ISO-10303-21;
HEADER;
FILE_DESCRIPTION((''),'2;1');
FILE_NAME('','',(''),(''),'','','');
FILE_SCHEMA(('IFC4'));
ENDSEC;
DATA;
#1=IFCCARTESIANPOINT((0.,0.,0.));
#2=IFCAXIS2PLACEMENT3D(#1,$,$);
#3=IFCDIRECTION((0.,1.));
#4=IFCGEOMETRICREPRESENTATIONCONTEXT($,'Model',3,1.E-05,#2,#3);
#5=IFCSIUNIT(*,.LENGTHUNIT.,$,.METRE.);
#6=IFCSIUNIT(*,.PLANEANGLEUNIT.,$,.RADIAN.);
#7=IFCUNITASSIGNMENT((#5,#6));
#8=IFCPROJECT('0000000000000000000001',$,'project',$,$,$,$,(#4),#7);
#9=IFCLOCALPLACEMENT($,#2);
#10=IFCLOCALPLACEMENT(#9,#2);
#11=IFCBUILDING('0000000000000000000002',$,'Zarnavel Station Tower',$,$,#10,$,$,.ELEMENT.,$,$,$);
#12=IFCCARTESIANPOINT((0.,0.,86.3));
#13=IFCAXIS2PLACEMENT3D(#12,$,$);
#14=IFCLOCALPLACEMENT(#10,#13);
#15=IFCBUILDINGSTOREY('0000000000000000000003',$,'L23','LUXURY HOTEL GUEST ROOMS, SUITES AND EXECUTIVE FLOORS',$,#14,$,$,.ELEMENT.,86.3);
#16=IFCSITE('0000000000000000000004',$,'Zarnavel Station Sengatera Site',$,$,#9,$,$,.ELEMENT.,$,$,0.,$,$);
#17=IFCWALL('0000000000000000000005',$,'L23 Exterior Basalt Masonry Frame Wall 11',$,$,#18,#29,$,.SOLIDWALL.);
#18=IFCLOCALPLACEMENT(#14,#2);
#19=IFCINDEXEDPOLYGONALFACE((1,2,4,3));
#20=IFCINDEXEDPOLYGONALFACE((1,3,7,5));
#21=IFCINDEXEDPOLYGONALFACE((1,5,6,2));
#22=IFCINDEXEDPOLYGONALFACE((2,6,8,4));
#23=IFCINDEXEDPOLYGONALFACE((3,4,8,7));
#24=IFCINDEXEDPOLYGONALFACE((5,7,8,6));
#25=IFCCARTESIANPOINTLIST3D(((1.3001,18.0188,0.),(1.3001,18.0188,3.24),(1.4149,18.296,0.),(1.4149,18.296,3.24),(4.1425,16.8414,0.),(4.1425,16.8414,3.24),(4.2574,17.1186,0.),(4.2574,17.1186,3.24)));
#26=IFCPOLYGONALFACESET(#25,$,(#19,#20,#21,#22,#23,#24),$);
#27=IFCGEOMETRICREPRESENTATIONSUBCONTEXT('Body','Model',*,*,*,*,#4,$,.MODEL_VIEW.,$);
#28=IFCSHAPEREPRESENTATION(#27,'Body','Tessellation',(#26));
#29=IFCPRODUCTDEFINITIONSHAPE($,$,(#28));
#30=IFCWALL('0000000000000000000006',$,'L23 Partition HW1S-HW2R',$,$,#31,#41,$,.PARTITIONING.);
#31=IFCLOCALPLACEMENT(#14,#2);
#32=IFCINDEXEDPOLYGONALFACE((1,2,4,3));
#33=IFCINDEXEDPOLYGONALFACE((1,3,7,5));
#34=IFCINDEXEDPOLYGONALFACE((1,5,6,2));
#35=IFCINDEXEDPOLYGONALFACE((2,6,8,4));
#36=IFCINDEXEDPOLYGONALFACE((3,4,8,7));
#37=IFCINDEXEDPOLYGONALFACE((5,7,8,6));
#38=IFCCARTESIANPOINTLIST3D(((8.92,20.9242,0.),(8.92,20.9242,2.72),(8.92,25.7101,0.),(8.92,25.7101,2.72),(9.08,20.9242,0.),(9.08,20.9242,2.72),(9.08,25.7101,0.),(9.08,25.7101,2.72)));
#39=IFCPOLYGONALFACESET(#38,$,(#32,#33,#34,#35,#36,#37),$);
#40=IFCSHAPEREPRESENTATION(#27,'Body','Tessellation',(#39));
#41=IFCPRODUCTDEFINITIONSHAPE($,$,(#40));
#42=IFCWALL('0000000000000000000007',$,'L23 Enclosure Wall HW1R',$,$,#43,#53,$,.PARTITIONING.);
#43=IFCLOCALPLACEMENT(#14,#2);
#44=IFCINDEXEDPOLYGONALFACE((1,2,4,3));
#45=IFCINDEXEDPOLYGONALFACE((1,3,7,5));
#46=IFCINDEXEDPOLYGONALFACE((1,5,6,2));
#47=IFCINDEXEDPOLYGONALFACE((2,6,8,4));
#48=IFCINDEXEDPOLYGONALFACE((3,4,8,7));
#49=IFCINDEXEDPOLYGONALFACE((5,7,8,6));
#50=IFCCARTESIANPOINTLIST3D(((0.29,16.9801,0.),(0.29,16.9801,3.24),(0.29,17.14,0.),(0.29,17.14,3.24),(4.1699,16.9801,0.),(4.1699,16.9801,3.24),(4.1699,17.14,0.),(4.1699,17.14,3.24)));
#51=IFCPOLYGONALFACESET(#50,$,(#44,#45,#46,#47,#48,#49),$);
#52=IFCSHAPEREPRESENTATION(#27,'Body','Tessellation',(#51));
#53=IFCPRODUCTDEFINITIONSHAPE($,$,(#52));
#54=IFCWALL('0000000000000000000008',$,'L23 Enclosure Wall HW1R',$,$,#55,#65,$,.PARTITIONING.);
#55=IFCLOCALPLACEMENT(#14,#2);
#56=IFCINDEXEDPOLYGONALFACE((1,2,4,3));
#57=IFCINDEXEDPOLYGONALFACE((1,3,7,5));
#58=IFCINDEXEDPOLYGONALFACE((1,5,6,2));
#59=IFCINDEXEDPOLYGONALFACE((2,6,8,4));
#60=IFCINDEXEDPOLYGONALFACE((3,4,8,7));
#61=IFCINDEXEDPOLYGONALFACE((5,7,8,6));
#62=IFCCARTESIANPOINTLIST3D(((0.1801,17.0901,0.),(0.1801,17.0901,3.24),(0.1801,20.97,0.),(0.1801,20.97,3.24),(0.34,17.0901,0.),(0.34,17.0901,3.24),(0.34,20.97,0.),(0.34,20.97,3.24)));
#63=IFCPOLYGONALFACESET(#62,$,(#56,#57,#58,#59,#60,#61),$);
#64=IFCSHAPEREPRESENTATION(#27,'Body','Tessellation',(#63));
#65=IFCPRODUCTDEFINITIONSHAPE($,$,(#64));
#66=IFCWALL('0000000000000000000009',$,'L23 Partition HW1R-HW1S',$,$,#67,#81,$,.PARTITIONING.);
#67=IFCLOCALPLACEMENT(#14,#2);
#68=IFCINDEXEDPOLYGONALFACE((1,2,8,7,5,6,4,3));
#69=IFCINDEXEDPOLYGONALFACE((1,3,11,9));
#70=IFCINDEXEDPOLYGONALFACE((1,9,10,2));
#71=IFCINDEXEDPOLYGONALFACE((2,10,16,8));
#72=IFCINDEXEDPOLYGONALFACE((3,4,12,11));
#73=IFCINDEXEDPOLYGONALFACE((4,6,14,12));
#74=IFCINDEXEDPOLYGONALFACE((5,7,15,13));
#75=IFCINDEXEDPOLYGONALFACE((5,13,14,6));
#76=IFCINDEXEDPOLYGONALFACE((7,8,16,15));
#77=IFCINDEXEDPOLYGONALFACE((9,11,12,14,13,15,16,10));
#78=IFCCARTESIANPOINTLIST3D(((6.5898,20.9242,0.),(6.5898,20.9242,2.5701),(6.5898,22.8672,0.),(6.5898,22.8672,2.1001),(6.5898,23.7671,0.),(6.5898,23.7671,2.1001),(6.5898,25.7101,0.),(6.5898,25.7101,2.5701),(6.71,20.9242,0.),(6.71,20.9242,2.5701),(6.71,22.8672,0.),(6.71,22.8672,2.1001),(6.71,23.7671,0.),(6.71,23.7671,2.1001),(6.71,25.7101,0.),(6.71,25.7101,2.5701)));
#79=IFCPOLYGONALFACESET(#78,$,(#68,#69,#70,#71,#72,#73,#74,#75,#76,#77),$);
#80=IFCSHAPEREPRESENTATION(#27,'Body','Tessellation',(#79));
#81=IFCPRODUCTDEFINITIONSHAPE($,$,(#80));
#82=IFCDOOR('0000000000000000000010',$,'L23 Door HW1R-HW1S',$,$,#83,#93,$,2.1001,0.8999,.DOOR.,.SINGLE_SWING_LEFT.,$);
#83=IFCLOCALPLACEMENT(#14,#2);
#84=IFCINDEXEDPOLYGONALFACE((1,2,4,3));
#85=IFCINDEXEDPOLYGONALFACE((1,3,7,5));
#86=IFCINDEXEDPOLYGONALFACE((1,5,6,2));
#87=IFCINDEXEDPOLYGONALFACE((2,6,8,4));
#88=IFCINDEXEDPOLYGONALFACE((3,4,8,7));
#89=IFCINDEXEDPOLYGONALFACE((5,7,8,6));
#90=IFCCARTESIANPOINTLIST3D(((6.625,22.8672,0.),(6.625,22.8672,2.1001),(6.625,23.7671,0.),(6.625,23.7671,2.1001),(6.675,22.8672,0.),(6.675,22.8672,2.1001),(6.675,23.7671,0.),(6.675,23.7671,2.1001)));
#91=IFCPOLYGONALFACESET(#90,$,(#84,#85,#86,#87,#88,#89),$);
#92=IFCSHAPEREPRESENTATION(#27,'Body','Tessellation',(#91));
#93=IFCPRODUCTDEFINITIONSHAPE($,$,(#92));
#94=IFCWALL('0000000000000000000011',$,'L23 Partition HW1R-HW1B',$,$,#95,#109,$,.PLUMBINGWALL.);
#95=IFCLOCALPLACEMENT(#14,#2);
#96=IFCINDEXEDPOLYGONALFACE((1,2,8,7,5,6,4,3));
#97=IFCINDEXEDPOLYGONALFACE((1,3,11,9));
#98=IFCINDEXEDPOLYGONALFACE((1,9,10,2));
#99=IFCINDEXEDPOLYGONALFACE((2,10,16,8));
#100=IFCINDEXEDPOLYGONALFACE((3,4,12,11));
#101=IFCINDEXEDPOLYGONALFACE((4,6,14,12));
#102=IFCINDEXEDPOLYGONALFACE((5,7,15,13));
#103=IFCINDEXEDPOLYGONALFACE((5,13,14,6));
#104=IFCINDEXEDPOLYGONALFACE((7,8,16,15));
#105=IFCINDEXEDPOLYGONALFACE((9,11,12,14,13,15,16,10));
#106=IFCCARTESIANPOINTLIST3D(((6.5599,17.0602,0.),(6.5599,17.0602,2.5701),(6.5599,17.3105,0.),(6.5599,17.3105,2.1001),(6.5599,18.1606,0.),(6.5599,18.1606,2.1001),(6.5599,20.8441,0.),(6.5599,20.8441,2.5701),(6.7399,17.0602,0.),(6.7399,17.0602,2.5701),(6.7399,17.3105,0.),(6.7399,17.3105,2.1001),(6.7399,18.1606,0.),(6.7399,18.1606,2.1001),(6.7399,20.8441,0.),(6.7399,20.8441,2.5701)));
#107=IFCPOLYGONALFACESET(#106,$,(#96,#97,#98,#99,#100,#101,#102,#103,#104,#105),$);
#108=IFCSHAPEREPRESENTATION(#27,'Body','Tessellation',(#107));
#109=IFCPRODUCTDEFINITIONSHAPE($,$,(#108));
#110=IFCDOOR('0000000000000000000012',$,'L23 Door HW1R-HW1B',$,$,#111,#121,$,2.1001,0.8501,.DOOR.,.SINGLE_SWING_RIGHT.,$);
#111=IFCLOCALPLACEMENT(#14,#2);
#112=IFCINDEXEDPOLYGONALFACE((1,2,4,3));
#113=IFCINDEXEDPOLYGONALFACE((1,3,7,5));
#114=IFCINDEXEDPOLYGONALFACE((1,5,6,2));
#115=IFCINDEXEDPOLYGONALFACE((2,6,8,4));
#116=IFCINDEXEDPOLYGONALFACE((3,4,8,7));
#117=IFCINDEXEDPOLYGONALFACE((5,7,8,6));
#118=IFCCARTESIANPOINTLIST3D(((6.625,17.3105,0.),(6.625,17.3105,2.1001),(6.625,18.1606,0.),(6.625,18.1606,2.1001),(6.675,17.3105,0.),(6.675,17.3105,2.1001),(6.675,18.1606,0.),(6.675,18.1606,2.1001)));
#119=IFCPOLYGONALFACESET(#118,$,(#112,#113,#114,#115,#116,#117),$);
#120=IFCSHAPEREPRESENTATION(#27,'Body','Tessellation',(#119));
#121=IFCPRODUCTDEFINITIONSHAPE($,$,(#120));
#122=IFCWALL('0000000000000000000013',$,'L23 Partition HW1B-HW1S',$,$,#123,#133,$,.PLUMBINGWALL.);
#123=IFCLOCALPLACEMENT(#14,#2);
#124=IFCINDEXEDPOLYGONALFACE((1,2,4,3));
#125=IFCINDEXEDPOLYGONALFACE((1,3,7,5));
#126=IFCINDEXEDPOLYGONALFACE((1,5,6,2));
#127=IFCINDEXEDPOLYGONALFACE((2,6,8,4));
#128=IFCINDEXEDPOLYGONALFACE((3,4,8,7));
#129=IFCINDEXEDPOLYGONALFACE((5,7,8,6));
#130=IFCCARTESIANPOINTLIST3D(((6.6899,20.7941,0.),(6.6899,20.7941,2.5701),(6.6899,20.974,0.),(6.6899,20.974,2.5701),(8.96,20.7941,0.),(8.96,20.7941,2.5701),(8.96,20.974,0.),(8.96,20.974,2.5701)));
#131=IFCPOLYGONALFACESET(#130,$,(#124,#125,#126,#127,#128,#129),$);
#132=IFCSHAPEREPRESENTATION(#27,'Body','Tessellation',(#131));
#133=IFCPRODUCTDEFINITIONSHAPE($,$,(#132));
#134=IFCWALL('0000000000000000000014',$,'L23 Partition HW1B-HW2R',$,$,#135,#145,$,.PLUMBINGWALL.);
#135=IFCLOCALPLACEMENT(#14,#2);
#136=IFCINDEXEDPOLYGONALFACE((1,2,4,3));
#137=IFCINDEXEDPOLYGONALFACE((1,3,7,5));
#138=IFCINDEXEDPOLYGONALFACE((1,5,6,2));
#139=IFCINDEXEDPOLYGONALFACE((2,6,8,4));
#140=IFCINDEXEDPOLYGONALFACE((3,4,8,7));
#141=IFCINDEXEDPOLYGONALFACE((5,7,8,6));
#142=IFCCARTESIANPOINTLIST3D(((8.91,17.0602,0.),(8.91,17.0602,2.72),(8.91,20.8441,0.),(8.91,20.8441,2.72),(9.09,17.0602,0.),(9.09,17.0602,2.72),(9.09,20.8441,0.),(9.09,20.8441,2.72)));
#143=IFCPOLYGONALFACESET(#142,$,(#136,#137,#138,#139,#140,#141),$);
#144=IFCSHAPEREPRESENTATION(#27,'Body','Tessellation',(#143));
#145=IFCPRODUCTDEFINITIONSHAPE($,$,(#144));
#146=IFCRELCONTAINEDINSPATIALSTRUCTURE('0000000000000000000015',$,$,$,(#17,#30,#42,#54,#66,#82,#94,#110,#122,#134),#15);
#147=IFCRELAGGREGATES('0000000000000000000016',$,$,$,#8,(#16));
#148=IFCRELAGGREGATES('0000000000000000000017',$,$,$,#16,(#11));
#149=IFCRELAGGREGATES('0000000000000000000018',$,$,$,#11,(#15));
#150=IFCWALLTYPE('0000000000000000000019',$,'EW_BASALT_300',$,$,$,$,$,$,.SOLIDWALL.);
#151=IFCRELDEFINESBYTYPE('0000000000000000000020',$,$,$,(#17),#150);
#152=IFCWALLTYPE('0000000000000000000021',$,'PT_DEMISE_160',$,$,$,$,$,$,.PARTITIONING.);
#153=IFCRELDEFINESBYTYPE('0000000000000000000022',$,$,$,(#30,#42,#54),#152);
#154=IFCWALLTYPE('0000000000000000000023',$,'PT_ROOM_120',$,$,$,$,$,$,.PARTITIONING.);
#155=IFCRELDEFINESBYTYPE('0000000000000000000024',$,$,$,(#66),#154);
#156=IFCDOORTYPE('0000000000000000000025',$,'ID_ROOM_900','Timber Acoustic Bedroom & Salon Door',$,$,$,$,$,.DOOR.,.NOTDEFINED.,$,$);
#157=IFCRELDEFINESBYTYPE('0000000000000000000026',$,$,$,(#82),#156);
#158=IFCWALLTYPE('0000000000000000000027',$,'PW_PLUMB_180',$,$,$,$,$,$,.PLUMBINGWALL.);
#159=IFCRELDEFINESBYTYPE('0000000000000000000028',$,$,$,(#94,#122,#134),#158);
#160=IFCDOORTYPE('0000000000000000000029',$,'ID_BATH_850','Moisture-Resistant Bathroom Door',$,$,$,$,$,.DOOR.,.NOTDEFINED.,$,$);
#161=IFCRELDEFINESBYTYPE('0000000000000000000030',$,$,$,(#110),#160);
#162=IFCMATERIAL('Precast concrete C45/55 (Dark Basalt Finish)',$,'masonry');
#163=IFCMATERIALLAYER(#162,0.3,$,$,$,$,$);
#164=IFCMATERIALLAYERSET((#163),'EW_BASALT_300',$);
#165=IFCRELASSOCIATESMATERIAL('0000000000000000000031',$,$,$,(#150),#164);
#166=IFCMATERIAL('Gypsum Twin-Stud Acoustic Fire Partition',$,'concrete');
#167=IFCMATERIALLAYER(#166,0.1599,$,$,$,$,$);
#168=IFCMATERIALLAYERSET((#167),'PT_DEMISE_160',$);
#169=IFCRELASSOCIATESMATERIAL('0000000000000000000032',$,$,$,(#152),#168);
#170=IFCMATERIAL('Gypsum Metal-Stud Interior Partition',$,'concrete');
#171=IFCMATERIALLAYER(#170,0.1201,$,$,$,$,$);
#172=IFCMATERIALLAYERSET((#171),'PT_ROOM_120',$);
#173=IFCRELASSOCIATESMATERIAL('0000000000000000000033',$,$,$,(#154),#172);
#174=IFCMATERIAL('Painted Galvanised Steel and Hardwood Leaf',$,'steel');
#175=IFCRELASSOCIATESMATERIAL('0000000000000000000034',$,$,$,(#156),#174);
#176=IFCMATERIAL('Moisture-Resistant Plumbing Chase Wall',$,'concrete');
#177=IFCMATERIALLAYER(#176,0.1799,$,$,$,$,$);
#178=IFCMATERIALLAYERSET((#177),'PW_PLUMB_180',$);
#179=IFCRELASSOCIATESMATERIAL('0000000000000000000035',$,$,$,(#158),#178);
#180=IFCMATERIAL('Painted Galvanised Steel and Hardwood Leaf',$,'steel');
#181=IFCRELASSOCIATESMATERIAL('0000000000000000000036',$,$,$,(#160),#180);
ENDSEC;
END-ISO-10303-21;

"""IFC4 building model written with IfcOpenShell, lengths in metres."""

from ifc_helpers import new_model, si_unit, direction, frame, frame_2d, origin, place, context, subcontext, project, spatial, rectangle, extrude, material, layer, layer_set, type_object, element, fill, save


model = new_model("IFC4")

# Units and contexts
model_context = context("Model", 3, precision=1e-05, world=origin(), true_north=direction((0.0, 1.0)))
body_context = subcontext(model_context, "Body", "Model", "MODEL_VIEW")
ifc_project = project(units=[si_unit("LENGTHUNIT", "METRE"), si_unit("PLANEANGLEUNIT", "RADIAN")], contexts=[model_context])

# Site, building, storey
site_placement = place(None, origin())
site = spatial("IfcSite", under=ifc_project, at=site_placement, Name="Zarnavel Station Sengatera Site", CompositionType="ELEMENT", RefElevation=0.0)
building_placement = place(site_placement, origin())
building = spatial("IfcBuilding", under=site, at=building_placement, Name="Zarnavel Station Tower", CompositionType="ELEMENT")
storey_placement = place(building_placement, frame((0.0, 0.0, 86.3)))
storey = spatial("IfcBuildingStorey", under=building, at=storey_placement, Name="L23", Description="LUXURY HOTEL GUEST ROOMS, SUITES AND EXECUTIVE FLOORS", CompositionType="ELEMENT", Elevation=86.3)

# Shared definitions
ifc_material_1 = material(Name="Precast concrete C45/55 (Dark Basalt Finish)", Category="masonry")
ifc_layer_1 = layer(ifc_material_1, 0.3)
ifc_layer_set_1 = layer_set([ifc_layer_1], Name="EW_BASALT_300")
wall_type_1 = type_object("IfcWallType", Name="EW_BASALT_300", PredefinedType="SOLIDWALL", material=ifc_layer_set_1)

# Walls
for number, where, z_axis, x_axis, name in (
    (1, (4.2, 16.98, 0.0), (0.0, 0.0, 1.0), (-0.923871, 0.382705, 0.0), "L23 Exterior Basalt Masonry Frame Wall 11"),
):
    element("IfcWall", number, at=place(storey_placement, frame(where, z_axis=z_axis, x_axis=x_axis)), inside=storey, type_object=wall_type_1, Name=name, PredefinedType="SOLIDWALL", context=body_context, shape_type="SweptSolid", body=[
        extrude(rectangle(XDim=3.0767, YDim=0.3, at=frame_2d((1.5383, 0.0))), origin(), (0.0, 0.0, 1.0), 3.24),
    ])
ifc_material_2 = material(Name="Gypsum Twin-Stud Acoustic Fire Partition", Category="concrete")
ifc_layer_2 = layer(ifc_material_2, 0.1599)
ifc_layer_set_2 = layer_set([ifc_layer_2], Name="PT_DEMISE_160")
wall_type_2 = type_object("IfcWallType", Name="PT_DEMISE_160", PredefinedType="PARTITIONING", material=ifc_layer_set_2)
wall_1_placement = place(storey_placement, frame((9.0, 20.9241, 0.0), z_axis=(0.0, 0.0, 1.0), x_axis=(0.0, 1.0, 0.0)))
element("IfcWall", 2, at=wall_1_placement, inside=storey, type_object=wall_type_2, Name="L23 Partition HW1S-HW2R", PredefinedType="PARTITIONING", context=body_context, shape_type="SweptSolid", body=[
    extrude(rectangle(XDim=4.7859, YDim=0.1599, at=frame_2d((2.3931, 0.0))), origin(), (0.0, 0.0, 1.0), 2.72),
])
for number, where, z_axis, x_axis, name in (
    (3, (0.29, 17.0601, 0.0), (0.0, 0.0, 1.0), (1.0, 0.0, 0.0), "L23 Enclosure Wall HW1R"),
    (4, (0.26, 17.0901, 0.0), (0.0, 0.0, 1.0), (0.0, 1.0, 0.0), "L23 Enclosure Wall HW1R"),
):
    element("IfcWall", number, at=place(storey_placement, frame(where, z_axis=z_axis, x_axis=x_axis)), inside=storey, type_object=wall_type_2, Name=name, PredefinedType="PARTITIONING", context=body_context, shape_type="SweptSolid", body=[
        extrude(rectangle(XDim=3.8799, YDim=0.1599, at=frame_2d((1.9399, 0.0))), origin(), (0.0, 0.0, 1.0), 3.24),
    ])

# Walls, openings, doors
ifc_material_3 = material(Name="Gypsum Metal-Stud Interior Partition", Category="concrete")
ifc_layer_3 = layer(ifc_material_3, 0.1201)
ifc_layer_set_3 = layer_set([ifc_layer_3], Name="PT_ROOM_120")
wall_type_3 = type_object("IfcWallType", Name="PT_ROOM_120", PredefinedType="PARTITIONING", material=ifc_layer_set_3)
wall_2_placement = place(storey_placement, frame((6.6499, 20.9241, 0.0), z_axis=(0.0, 0.0, 1.0), x_axis=(0.0, 1.0, 0.0)))
wall_2 = element("IfcWall", 5, at=wall_2_placement, inside=storey, type_object=wall_type_3, Name="L23 Partition HW1R-HW1S", PredefinedType="PARTITIONING", context=body_context, shape_type="SweptSolid", body=[
    extrude(rectangle(XDim=4.7859, YDim=0.1201, at=frame_2d((2.3931, 0.0))), origin(), (0.0, 0.0, 1.0), 2.5701),
])
opening_1_placement = place(wall_2_placement, frame((1.9431, 0.0, 0.0)))
opening_1 = element("IfcOpeningElement", 6, at=opening_1_placement, cuts=wall_2, PredefinedType="OPENING", context=body_context, shape_type="SweptSolid", body=[
    extrude(rectangle(XDim=0.8999, YDim=2.1001, at=frame_2d((0.45, 1.05))), frame((0.0, 0.0701, 0.0), z_axis=(0.0, -1.0, 0.0), x_axis=(1.0, 0.0, 0.0)), (0.0, 0.0, 1.0), 0.1401),
])
ifc_material_4 = material(Name="Painted Galvanised Steel and Hardwood Leaf", Category="steel")
door_type_1 = type_object("IfcDoorType", Name="ID_ROOM_900", Description="Timber Acoustic Bedroom & Salon Door", OperationType="NOTDEFINED", PredefinedType="DOOR", material=ifc_material_4)
door_1_placement = place(opening_1_placement, origin())
door_1 = element("IfcDoor", 7, at=door_1_placement, inside=storey, type_object=door_type_1, Name="L23 Door HW1R-HW1S", OperationType="SINGLE_SWING_LEFT", OverallHeight=2.1001, OverallWidth=0.8999, PredefinedType="DOOR", context=body_context, shape_type="SweptSolid", body=[
    extrude(rectangle(XDim=0.8999, YDim=2.1001, at=frame_2d((0.45, 1.05))), frame((0.0, 0.0249, 0.0), z_axis=(0.0, -1.0, 0.0), x_axis=(1.0, 0.0, 0.0)), (0.0, 0.0, 1.0), 0.05),
])
fill(opening_1, door_1)
ifc_material_5 = material(Name="Moisture-Resistant Plumbing Chase Wall", Category="concrete")
ifc_layer_4 = layer(ifc_material_5, 0.1799)
ifc_layer_set_4 = layer_set([ifc_layer_4], Name="PW_PLUMB_180")
wall_type_4 = type_object("IfcWallType", Name="PW_PLUMB_180", PredefinedType="PLUMBINGWALL", material=ifc_layer_set_4)
wall_3_placement = place(storey_placement, frame((6.6499, 17.0601, 0.0), z_axis=(0.0, 0.0, 1.0), x_axis=(0.0, 1.0, 0.0)))
wall_3 = element("IfcWall", 8, at=wall_3_placement, inside=storey, type_object=wall_type_4, Name="L23 Partition HW1R-HW1B", PredefinedType="PLUMBINGWALL", context=body_context, shape_type="SweptSolid", body=[
    extrude(rectangle(XDim=3.7839, YDim=0.1799, at=frame_2d((1.8921, 0.0))), origin(), (0.0, 0.0, 1.0), 2.5701),
])
opening_2_placement = place(wall_3_placement, frame((0.2505, 0.0, 0.0)))
opening_2 = element("IfcOpeningElement", 9, at=opening_2_placement, cuts=wall_3, PredefinedType="OPENING", context=body_context, shape_type="SweptSolid", body=[
    extrude(rectangle(XDim=0.8501, YDim=2.1001, at=frame_2d((0.425, 1.05))), frame((0.0, 0.0999, 0.0), z_axis=(0.0, -1.0, 0.0), x_axis=(1.0, 0.0, 0.0)), (0.0, 0.0, 1.0), 0.2),
])
ifc_material_6 = material(Name="Painted Galvanised Steel and Hardwood Leaf", Category="steel")
door_type_2 = type_object("IfcDoorType", Name="ID_BATH_850", Description="Moisture-Resistant Bathroom Door", OperationType="NOTDEFINED", PredefinedType="DOOR", material=ifc_material_6)
door_2_placement = place(opening_2_placement, origin())
door_2 = element("IfcDoor", 10, at=door_2_placement, inside=storey, type_object=door_type_2, Name="L23 Door HW1R-HW1B", OperationType="SINGLE_SWING_RIGHT", OverallHeight=2.1001, OverallWidth=0.8501, PredefinedType="DOOR", context=body_context, shape_type="SweptSolid", body=[
    extrude(rectangle(XDim=0.8501, YDim=2.1001, at=frame_2d((0.425, 1.05))), frame((0.0, 0.0249, 0.0), z_axis=(0.0, -1.0, 0.0), x_axis=(1.0, 0.0, 0.0)), (0.0, 0.0, 1.0), 0.05),
])
fill(opening_2, door_2)

# Walls
wall_4_placement = place(storey_placement, frame((6.6899, 20.884, 0.0), z_axis=(0.0, 0.0, 1.0), x_axis=(1.0, 0.0, 0.0)))
element("IfcWall", 11, at=wall_4_placement, inside=storey, type_object=wall_type_4, Name="L23 Partition HW1B-HW1S", PredefinedType="PLUMBINGWALL", context=body_context, shape_type="SweptSolid", body=[
    extrude(rectangle(XDim=2.27, YDim=0.1799, at=frame_2d((1.135, 0.0))), origin(), (0.0, 0.0, 1.0), 2.5701),
])
wall_5_placement = place(storey_placement, frame((9.0, 17.0601, 0.0), z_axis=(0.0, 0.0, 1.0), x_axis=(0.0, 1.0, 0.0)))
element("IfcWall", 12, at=wall_5_placement, inside=storey, type_object=wall_type_4, Name="L23 Partition HW1B-HW2R", PredefinedType="PLUMBINGWALL", context=body_context, shape_type="SweptSolid", body=[
    extrude(rectangle(XDim=3.7839, YDim=0.1799, at=frame_2d((1.8921, 0.0))), origin(), (0.0, 0.0, 1.0), 2.72),
])

save(model, "model.ifc")
